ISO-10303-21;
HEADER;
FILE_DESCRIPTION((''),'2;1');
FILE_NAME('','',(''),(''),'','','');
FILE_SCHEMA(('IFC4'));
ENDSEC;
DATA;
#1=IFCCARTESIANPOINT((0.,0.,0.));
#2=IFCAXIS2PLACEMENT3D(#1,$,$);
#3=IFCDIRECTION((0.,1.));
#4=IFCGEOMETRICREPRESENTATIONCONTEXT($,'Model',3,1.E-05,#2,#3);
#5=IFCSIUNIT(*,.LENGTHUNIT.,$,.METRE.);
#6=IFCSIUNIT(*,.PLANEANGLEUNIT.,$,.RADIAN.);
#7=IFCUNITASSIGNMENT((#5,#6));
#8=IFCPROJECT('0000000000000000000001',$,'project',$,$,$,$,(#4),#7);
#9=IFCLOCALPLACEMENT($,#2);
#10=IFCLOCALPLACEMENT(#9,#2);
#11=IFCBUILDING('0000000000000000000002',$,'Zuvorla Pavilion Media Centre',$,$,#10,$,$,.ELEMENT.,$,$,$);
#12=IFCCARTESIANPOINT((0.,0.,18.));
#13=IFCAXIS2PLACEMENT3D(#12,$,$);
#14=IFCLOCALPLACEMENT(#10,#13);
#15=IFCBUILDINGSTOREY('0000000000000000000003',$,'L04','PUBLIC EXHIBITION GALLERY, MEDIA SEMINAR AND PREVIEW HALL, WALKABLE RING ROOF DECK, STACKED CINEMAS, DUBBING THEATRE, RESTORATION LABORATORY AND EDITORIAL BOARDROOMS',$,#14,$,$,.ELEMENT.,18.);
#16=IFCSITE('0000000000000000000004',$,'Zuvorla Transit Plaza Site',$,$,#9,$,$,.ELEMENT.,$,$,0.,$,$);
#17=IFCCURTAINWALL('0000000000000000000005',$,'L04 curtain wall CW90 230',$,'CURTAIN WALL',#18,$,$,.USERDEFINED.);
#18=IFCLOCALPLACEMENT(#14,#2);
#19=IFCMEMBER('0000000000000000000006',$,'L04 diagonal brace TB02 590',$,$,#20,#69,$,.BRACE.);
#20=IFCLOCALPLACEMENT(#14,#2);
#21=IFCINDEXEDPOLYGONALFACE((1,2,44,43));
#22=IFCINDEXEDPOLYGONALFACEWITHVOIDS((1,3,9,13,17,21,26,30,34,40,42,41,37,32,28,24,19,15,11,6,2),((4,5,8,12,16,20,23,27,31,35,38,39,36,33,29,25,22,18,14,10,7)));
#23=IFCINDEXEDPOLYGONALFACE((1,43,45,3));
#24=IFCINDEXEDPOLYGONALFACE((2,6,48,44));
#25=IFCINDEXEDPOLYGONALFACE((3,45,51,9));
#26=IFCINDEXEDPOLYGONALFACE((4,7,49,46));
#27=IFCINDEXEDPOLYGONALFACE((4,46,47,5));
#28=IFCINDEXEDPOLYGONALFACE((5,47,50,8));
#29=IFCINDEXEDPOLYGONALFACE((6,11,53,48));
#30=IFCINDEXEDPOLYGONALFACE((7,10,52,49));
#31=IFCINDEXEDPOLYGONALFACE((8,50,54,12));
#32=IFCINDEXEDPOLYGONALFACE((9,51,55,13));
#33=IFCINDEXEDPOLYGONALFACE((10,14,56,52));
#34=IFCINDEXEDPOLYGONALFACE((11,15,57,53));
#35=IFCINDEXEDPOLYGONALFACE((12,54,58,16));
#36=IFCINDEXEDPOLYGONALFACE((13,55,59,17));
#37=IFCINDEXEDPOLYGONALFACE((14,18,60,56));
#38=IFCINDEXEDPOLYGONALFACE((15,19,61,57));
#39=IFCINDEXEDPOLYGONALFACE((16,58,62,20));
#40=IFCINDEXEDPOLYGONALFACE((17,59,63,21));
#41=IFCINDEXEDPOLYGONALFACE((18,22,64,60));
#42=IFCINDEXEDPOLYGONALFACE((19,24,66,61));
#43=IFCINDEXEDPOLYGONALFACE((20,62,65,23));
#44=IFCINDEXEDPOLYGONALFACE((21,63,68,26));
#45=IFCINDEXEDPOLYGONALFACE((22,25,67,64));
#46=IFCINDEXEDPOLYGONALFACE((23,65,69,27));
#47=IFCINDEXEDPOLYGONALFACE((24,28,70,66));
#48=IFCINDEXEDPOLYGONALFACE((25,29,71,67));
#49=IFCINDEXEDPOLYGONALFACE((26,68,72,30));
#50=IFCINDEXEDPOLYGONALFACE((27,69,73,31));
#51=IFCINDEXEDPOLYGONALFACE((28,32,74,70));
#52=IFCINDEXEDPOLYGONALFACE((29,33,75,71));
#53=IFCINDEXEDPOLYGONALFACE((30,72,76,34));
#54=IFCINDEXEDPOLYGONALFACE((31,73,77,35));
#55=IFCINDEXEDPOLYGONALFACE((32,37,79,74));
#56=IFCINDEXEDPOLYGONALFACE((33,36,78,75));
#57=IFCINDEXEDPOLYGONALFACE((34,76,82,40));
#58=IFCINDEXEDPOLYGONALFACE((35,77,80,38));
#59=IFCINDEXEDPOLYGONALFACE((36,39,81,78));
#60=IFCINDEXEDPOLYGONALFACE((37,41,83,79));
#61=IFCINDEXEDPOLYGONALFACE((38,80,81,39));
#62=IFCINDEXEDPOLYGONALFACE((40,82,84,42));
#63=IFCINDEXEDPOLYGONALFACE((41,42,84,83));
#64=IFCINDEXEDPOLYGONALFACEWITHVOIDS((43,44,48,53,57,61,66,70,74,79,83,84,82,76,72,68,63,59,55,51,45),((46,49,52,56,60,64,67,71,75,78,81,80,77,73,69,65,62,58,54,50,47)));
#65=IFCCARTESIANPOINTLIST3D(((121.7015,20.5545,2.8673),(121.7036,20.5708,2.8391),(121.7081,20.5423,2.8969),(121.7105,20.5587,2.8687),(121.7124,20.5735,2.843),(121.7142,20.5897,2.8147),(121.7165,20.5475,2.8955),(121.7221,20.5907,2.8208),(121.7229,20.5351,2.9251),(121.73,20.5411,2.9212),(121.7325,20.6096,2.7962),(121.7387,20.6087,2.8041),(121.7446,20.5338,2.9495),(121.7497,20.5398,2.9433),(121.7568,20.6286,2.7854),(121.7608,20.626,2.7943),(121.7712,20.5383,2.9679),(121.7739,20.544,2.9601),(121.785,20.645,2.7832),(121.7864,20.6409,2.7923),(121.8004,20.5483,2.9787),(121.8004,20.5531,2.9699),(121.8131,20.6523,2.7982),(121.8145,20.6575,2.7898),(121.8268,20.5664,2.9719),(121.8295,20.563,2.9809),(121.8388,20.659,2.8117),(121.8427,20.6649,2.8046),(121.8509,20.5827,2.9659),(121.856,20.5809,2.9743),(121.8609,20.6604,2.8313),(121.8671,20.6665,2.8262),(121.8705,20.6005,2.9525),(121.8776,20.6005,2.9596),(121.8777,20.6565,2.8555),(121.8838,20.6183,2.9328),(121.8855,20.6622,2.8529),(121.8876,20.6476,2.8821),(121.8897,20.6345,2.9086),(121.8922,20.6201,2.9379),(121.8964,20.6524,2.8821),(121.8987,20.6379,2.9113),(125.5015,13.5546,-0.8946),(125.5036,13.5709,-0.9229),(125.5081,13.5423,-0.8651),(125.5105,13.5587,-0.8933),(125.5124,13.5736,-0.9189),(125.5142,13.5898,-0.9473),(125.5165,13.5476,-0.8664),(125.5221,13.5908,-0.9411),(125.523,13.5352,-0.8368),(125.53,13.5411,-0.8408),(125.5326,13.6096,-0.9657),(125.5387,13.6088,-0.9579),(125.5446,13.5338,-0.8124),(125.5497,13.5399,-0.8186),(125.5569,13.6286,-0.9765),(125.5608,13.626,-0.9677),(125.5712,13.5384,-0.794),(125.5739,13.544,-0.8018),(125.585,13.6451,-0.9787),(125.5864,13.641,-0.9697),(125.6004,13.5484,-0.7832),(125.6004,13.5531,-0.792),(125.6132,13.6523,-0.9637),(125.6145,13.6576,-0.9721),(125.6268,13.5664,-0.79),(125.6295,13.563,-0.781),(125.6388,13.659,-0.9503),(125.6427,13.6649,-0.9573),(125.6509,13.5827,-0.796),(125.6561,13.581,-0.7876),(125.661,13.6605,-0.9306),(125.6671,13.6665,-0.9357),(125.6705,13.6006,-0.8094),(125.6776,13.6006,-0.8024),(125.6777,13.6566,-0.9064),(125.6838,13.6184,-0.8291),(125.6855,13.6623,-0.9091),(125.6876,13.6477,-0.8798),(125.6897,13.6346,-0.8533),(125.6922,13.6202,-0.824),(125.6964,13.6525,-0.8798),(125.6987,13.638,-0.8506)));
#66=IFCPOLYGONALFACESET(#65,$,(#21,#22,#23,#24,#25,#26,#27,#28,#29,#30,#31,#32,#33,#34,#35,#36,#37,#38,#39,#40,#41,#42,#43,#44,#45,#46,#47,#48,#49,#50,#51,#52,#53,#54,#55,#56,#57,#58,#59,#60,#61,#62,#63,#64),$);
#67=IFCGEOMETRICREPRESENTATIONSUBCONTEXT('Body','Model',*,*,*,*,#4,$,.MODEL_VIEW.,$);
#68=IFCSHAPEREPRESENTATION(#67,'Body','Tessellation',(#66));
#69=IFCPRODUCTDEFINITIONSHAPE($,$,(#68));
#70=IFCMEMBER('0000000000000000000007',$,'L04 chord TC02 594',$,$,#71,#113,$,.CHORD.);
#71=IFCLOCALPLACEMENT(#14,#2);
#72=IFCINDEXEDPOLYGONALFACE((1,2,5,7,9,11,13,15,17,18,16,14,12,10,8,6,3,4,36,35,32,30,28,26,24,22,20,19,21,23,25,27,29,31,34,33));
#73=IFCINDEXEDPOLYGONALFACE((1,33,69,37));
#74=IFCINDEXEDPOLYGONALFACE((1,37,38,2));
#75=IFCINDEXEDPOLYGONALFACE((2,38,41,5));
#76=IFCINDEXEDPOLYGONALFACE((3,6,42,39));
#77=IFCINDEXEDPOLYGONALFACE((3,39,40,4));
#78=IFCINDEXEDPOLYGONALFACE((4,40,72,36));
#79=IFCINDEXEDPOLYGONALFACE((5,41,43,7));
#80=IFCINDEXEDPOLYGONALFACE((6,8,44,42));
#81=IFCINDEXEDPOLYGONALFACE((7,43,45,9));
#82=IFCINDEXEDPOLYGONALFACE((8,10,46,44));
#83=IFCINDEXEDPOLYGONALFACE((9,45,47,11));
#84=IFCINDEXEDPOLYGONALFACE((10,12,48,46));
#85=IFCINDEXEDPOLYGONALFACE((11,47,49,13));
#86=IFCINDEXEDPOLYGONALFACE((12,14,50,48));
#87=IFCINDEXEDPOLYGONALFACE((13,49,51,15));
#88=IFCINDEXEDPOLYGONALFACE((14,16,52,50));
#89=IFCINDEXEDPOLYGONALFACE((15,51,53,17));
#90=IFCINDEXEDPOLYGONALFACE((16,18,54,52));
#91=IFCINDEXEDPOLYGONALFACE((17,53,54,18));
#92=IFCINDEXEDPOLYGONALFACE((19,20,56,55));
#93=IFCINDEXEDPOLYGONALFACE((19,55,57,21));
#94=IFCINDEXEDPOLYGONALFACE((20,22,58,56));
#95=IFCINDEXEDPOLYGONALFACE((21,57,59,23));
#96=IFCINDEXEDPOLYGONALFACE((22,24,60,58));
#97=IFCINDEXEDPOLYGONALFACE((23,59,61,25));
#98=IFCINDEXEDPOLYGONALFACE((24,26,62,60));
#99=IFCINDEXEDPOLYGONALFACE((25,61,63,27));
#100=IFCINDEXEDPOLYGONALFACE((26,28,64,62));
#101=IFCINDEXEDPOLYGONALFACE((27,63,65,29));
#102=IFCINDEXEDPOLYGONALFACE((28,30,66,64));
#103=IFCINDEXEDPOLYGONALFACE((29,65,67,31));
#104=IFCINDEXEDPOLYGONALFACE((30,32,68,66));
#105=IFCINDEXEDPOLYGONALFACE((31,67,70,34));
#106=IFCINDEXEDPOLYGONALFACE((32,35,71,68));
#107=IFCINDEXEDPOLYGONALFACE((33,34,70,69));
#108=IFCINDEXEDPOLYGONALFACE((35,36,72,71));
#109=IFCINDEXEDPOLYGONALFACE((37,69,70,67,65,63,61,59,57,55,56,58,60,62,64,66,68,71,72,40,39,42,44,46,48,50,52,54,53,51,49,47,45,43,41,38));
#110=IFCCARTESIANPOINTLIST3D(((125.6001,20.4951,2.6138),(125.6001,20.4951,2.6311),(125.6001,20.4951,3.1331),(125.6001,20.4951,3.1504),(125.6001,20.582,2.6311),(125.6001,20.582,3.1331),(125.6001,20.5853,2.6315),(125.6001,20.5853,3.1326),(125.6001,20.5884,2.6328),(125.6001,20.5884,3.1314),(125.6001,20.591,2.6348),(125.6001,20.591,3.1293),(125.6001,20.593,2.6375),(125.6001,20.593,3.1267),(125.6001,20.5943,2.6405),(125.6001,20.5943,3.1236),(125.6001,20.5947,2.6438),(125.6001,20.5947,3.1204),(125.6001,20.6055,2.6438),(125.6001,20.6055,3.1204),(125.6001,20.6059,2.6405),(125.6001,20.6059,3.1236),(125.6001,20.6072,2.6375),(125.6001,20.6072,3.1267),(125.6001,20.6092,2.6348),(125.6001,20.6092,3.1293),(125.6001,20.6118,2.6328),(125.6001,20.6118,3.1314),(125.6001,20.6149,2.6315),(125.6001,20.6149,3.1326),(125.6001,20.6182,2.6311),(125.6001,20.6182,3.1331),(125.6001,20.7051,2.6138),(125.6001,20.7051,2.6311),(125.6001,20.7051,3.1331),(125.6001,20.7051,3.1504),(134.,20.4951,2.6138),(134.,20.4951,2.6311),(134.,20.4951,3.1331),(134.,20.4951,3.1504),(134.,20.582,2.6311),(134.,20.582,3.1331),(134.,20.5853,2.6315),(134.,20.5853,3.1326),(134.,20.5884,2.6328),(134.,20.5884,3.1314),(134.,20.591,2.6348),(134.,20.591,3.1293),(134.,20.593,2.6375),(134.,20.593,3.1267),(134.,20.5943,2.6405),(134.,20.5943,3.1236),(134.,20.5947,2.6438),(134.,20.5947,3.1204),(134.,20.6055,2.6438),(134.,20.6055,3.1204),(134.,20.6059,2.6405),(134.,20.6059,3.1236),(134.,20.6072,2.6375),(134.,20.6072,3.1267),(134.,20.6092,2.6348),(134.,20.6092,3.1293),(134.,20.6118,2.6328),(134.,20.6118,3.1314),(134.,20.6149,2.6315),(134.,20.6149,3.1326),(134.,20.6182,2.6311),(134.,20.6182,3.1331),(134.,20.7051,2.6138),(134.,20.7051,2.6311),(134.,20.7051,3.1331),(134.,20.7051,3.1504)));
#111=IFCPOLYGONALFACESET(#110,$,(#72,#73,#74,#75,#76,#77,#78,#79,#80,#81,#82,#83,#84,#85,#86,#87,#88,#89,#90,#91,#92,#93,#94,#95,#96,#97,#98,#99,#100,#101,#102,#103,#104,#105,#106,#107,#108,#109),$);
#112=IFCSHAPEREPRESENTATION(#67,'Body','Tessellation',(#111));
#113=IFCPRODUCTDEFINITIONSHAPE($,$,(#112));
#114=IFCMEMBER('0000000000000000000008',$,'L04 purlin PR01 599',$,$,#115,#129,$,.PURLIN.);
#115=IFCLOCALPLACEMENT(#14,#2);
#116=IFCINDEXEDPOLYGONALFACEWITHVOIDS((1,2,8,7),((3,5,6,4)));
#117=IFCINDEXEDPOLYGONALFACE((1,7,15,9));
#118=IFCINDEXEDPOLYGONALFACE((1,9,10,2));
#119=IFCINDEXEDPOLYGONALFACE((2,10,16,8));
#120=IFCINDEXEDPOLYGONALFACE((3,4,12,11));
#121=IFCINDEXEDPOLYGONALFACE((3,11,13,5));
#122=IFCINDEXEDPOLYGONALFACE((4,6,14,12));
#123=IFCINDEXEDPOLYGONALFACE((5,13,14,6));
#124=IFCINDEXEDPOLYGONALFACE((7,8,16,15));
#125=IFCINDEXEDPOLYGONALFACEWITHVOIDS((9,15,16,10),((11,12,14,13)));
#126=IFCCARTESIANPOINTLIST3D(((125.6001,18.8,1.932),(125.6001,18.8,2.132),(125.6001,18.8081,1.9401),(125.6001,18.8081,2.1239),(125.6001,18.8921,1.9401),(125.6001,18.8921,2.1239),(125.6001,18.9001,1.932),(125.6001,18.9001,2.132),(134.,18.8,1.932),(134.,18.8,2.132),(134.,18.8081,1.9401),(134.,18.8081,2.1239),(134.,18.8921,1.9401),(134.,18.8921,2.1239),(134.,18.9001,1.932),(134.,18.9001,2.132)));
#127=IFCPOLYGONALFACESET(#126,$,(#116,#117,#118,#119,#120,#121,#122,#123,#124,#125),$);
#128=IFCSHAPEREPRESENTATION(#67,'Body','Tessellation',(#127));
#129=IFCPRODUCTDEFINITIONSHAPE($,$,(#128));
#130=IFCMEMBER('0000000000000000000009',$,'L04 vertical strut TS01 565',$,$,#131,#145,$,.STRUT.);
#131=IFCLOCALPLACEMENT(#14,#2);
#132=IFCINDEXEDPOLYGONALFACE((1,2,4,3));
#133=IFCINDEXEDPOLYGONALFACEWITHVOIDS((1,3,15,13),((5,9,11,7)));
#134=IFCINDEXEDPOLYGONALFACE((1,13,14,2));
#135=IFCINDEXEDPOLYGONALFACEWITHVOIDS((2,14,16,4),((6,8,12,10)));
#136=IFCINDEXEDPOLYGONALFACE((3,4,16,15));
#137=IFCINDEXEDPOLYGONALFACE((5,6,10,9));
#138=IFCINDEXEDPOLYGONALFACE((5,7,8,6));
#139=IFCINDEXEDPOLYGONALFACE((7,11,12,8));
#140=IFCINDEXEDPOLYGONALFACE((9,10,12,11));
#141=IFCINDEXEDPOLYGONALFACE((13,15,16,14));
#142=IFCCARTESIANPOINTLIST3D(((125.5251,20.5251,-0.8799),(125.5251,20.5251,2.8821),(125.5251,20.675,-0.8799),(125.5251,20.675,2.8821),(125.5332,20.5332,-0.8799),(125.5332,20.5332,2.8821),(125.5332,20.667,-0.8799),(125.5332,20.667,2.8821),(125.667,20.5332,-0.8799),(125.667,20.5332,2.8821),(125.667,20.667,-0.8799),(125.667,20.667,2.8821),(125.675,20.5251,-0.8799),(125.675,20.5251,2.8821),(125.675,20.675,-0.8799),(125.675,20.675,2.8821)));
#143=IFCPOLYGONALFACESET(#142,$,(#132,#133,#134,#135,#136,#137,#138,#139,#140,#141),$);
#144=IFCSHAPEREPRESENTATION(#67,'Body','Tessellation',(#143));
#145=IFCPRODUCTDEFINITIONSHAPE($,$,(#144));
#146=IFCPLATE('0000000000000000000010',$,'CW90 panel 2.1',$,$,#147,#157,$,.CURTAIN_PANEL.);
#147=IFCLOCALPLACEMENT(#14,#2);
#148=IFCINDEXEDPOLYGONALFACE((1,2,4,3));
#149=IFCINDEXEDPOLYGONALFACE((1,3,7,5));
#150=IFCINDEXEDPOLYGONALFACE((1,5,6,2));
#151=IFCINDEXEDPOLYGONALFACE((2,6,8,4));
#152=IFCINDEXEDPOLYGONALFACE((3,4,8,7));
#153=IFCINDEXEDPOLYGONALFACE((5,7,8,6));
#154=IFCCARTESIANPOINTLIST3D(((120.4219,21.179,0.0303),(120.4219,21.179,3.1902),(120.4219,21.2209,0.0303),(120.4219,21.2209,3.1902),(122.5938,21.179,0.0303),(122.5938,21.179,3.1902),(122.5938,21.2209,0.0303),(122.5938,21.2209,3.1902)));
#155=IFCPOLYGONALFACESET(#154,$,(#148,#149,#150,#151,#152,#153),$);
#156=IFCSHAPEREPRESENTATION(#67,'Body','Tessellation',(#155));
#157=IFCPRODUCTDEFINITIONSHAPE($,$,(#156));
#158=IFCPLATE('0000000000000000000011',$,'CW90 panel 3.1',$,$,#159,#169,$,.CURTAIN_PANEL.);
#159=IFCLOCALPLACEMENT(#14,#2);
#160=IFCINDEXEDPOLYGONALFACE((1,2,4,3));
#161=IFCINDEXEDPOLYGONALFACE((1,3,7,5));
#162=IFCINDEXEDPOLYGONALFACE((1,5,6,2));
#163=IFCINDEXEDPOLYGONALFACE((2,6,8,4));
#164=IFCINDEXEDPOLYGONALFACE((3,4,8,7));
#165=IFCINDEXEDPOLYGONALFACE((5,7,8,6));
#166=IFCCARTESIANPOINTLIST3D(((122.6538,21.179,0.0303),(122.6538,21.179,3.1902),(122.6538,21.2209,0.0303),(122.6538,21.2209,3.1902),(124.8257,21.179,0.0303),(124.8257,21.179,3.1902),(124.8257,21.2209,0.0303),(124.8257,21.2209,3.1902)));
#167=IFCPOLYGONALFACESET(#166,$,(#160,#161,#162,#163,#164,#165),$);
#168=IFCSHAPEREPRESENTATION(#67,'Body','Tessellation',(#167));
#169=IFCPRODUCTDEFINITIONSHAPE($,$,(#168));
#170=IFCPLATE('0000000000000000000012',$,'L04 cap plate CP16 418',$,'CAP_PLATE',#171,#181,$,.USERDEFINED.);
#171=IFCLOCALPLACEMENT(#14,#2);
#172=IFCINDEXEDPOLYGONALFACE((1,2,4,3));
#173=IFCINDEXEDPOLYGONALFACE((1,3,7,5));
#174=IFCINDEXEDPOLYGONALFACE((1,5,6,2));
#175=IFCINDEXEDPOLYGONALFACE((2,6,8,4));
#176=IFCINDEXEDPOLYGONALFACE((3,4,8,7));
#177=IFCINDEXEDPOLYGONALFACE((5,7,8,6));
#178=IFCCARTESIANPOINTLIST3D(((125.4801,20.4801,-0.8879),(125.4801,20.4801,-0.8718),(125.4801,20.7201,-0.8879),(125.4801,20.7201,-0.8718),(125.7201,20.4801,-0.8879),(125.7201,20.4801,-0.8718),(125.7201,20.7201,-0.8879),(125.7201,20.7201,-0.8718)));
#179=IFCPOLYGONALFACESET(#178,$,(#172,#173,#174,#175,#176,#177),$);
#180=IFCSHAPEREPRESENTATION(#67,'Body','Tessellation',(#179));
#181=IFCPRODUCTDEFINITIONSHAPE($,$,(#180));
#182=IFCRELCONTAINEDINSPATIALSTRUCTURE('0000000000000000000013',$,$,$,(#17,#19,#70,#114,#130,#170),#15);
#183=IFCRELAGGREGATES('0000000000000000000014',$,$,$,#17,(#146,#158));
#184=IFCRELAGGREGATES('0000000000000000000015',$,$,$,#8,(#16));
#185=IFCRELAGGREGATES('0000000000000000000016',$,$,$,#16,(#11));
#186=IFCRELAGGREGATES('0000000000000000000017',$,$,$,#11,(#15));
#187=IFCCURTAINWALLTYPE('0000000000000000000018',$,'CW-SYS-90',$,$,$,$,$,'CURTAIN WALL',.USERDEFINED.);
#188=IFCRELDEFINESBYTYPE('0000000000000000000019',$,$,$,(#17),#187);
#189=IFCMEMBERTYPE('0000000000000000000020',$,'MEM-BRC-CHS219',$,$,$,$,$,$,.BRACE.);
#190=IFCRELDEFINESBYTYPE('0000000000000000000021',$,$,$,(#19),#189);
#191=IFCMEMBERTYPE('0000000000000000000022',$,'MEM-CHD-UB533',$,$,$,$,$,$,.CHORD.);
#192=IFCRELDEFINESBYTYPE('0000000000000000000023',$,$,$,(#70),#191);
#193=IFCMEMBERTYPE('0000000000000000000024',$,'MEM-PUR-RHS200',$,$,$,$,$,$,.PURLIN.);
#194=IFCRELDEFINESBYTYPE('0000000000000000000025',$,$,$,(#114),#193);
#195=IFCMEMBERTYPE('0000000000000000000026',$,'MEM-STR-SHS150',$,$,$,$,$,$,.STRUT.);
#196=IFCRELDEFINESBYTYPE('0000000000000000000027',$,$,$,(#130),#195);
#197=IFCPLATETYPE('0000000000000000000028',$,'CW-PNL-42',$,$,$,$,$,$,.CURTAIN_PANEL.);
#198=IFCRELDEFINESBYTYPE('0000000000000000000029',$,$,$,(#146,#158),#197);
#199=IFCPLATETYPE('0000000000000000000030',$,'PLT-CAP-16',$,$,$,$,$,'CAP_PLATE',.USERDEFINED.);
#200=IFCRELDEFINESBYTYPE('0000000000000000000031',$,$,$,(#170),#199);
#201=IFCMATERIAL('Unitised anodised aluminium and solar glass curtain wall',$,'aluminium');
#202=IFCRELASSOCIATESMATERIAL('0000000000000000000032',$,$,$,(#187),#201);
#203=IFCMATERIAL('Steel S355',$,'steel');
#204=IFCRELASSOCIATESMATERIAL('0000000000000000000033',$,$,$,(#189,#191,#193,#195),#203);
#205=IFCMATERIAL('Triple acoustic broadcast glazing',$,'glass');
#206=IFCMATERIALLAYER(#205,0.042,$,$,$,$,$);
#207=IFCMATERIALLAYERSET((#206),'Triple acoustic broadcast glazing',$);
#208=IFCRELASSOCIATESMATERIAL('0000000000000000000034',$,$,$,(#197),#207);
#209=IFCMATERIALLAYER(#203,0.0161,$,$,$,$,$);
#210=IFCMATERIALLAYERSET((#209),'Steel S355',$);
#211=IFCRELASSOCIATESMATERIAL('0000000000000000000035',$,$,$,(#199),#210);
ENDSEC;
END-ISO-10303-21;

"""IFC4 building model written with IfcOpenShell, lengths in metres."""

from ifc_helpers import new_model, si_unit, direction, frame, origin, origin_2d, place, context, subcontext, project, spatial, rectangle, hollow_rectangle, hollow_circle, i_section, extrude, material, layer, layer_set, material_profile, profile_set, type_object, element, aggregate, save


model = new_model("IFC4")

# Units and contexts
model_context = context("Model", 3, precision=1e-05, world=origin(), true_north=direction((0.0, 1.0)))
body_context = subcontext(model_context, "Body", "Model", "MODEL_VIEW")
ifc_project = project(units=[si_unit("LENGTHUNIT", "METRE"), si_unit("PLANEANGLEUNIT", "RADIAN")], contexts=[model_context])

# Site, building, storey
site_placement = place(None, origin())
site = spatial("IfcSite", under=ifc_project, at=site_placement, Name="Zuvorla Transit Plaza Site", CompositionType="ELEMENT", RefElevation=0.0)
building_placement = place(site_placement, origin())
building = spatial("IfcBuilding", under=site, at=building_placement, Name="Zuvorla Pavilion Media Centre", CompositionType="ELEMENT")
storey_placement = place(building_placement, frame((0.0, 0.0, 18.0)))
storey = spatial("IfcBuildingStorey", under=building, at=storey_placement, Name="L04", Description="PUBLIC EXHIBITION GALLERY, MEDIA SEMINAR AND PREVIEW HALL, WALKABLE RING ROOF DECK, STACKED CINEMAS, DUBBING THEATRE, RESTORATION LABORATORY AND EDITORIAL BOARDROOMS", CompositionType="ELEMENT", Elevation=18.0)

# Shared definitions
ifc_material_1 = material(Name="Steel S355", Category="steel")

# Curtain wall
ifc_material_2 = material(Name="Unitised anodised aluminium and solar glass curtain wall", Category="aluminium")
curtain_wall_type = type_object("IfcCurtainWallType", Name="CW-SYS-90", ElementType="CURTAIN WALL", PredefinedType="USERDEFINED", material=ifc_material_2)
curtain_wall_placement = place(storey_placement, origin())
curtain_wall = element("IfcCurtainWall", 1, at=curtain_wall_placement, inside=storey, type_object=curtain_wall_type, Name="L04 curtain wall CW90 230", ObjectType="CURTAIN WALL", PredefinedType="USERDEFINED")

# Members
ifc_material_profile_1 = material_profile(ifc_material_1, hollow_circle(Radius=0.1096, WallThickness=0.01, at=origin_2d()), Name="CHS 219.1x10")
ifc_profile_set_1 = profile_set([ifc_material_profile_1], Name="Steel S355")
member_type_1 = type_object("IfcMemberType", Name="MEM-BRC-CHS219", PredefinedType="BRACE", material=ifc_profile_set_1)
member_1_placement = place(storey_placement, frame((121.8, 20.6001, 2.8821), z_axis=(0.431399, -0.794671, -0.427075), x_axis=(0.878851, 0.477097, 0.0)))
element("IfcMember", 2, at=member_1_placement, inside=storey, type_object=member_type_1, Name="L04 diagonal brace TB02 590", PredefinedType="BRACE", context=body_context, shape_type="SweptSolid", body=[
    extrude(hollow_circle(Radius=0.1096, WallThickness=0.01, at=origin_2d()), origin(), (0.0, 0.0, 1.0), 8.8086),
])
ifc_material_profile_2 = material_profile(ifc_material_1, i_section(OverallWidth=0.21, OverallDepth=0.5366, WebThickness=0.0107, FlangeThickness=0.0173, FilletRadius=0.0127, at=origin_2d()), Name="UB 533x210x101")
ifc_profile_set_2 = profile_set([ifc_material_profile_2], Name="Steel S355")
member_type_2 = type_object("IfcMemberType", Name="MEM-CHD-UB533", PredefinedType="CHORD", material=ifc_profile_set_2)
member_2_placement = place(storey_placement, frame((125.6001, 20.6001, 2.8821), z_axis=(1.0, 0.0, 0.0), x_axis=(0.0, 1.0, 0.0)))
element("IfcMember", 3, at=member_2_placement, inside=storey, type_object=member_type_2, Name="L04 chord TC02 594", PredefinedType="CHORD", context=body_context, shape_type="SweptSolid", body=[
    extrude(i_section(OverallWidth=0.21, OverallDepth=0.5366, WebThickness=0.0107, FlangeThickness=0.0173, FilletRadius=0.0127, at=origin_2d()), origin(), (0.0, 0.0, 1.0), 8.3999),
])
ifc_material_profile_3 = material_profile(ifc_material_1, hollow_rectangle(XDim=0.1001, YDim=0.2, WallThickness=0.0081, at=origin_2d()), Name="RHS 200x100x8")
ifc_profile_set_3 = profile_set([ifc_material_profile_3], Name="Steel S355")
member_type_3 = type_object("IfcMemberType", Name="MEM-PUR-RHS200", PredefinedType="PURLIN", material=ifc_profile_set_3)
member_3_placement = place(storey_placement, frame((125.6001, 18.8501, 2.032), z_axis=(1.0, 0.0, 0.0), x_axis=(0.0, 1.0, 0.0)))
element("IfcMember", 4, at=member_3_placement, inside=storey, type_object=member_type_3, Name="L04 purlin PR01 599", PredefinedType="PURLIN", context=body_context, shape_type="SweptSolid", body=[
    extrude(hollow_rectangle(XDim=0.1001, YDim=0.2, WallThickness=0.0081, at=origin_2d()), origin(), (0.0, 0.0, 1.0), 8.3999),
])
ifc_material_profile_4 = material_profile(ifc_material_1, hollow_rectangle(XDim=0.1499, YDim=0.1499, WallThickness=0.0081, at=origin_2d()), Name="SHS 150x150x8")
ifc_profile_set_4 = profile_set([ifc_material_profile_4], Name="Steel S355")
member_type_4 = type_object("IfcMemberType", Name="MEM-STR-SHS150", PredefinedType="STRUT", material=ifc_profile_set_4)
member_4_placement = place(storey_placement, frame((125.6001, 20.6001, -0.8799), z_axis=(0.0, 0.0, 1.0), x_axis=(1.0, 0.0, 0.0)))
element("IfcMember", 5, at=member_4_placement, inside=storey, type_object=member_type_4, Name="L04 vertical strut TS01 565", PredefinedType="STRUT", context=body_context, shape_type="SweptSolid", body=[
    extrude(hollow_rectangle(XDim=0.1499, YDim=0.1499, WallThickness=0.0081, at=origin_2d()), origin(), (0.0, 0.0, 1.0), 3.762),
])

# Plates
ifc_material_3 = material(Name="Triple acoustic broadcast glazing", Category="glass")
ifc_layer_1 = layer(ifc_material_3, 0.042)
ifc_layer_set_1 = layer_set([ifc_layer_1], Name="Triple acoustic broadcast glazing")
plate_type_1 = type_object("IfcPlateType", Name="CW-PNL-42", PredefinedType="CURTAIN_PANEL", material=ifc_layer_set_1)
plate_1_placement = place(storey_placement, frame((121.5078, 21.2, 0.0303), z_axis=(0.0, 0.0, 1.0), x_axis=(1.0, 0.0, 0.0)))
plate_1 = element("IfcPlate", 6, at=plate_1_placement, type_object=plate_type_1, Name="CW90 panel 2.1", PredefinedType="CURTAIN_PANEL", context=body_context, shape_type="SweptSolid", body=[
    extrude(rectangle(XDim=2.1719, YDim=0.042, at=origin_2d()), origin(), (0.0, 0.0, 1.0), 3.1599),
])
plate_2_placement = place(storey_placement, frame((123.7397, 21.2, 0.0303), z_axis=(0.0, 0.0, 1.0), x_axis=(1.0, 0.0, 0.0)))
plate_2 = element("IfcPlate", 7, at=plate_2_placement, type_object=plate_type_1, Name="CW90 panel 3.1", PredefinedType="CURTAIN_PANEL", context=body_context, shape_type="SweptSolid", body=[
    extrude(rectangle(XDim=2.1719, YDim=0.042, at=origin_2d()), origin(), (0.0, 0.0, 1.0), 3.1599),
])
aggregate(curtain_wall, [plate_1, plate_2])

# Plate
ifc_layer_2 = layer(ifc_material_1, 0.0161)
ifc_layer_set_2 = layer_set([ifc_layer_2], Name="Steel S355")
plate_type_2 = type_object("IfcPlateType", Name="PLT-CAP-16", ElementType="CAP_PLATE", PredefinedType="USERDEFINED", material=ifc_layer_set_2)
for number, where, z_axis, x_axis, name in (
    (8, (125.6001, 20.6001, -0.8879), (0.0, 0.0, 1.0), (1.0, 0.0, 0.0), "L04 cap plate CP16 418"),
):
    element("IfcPlate", number, at=place(storey_placement, frame(where, z_axis=z_axis, x_axis=x_axis)), inside=storey, type_object=plate_type_2, Name=name, ObjectType="CAP_PLATE", PredefinedType="USERDEFINED", context=body_context, shape_type="SweptSolid", body=[
        extrude(rectangle(XDim=0.24, YDim=0.24, at=origin_2d()), origin(), (0.0, 0.0, 1.0), 0.0161),
    ])

save(model, "model.ifc")
